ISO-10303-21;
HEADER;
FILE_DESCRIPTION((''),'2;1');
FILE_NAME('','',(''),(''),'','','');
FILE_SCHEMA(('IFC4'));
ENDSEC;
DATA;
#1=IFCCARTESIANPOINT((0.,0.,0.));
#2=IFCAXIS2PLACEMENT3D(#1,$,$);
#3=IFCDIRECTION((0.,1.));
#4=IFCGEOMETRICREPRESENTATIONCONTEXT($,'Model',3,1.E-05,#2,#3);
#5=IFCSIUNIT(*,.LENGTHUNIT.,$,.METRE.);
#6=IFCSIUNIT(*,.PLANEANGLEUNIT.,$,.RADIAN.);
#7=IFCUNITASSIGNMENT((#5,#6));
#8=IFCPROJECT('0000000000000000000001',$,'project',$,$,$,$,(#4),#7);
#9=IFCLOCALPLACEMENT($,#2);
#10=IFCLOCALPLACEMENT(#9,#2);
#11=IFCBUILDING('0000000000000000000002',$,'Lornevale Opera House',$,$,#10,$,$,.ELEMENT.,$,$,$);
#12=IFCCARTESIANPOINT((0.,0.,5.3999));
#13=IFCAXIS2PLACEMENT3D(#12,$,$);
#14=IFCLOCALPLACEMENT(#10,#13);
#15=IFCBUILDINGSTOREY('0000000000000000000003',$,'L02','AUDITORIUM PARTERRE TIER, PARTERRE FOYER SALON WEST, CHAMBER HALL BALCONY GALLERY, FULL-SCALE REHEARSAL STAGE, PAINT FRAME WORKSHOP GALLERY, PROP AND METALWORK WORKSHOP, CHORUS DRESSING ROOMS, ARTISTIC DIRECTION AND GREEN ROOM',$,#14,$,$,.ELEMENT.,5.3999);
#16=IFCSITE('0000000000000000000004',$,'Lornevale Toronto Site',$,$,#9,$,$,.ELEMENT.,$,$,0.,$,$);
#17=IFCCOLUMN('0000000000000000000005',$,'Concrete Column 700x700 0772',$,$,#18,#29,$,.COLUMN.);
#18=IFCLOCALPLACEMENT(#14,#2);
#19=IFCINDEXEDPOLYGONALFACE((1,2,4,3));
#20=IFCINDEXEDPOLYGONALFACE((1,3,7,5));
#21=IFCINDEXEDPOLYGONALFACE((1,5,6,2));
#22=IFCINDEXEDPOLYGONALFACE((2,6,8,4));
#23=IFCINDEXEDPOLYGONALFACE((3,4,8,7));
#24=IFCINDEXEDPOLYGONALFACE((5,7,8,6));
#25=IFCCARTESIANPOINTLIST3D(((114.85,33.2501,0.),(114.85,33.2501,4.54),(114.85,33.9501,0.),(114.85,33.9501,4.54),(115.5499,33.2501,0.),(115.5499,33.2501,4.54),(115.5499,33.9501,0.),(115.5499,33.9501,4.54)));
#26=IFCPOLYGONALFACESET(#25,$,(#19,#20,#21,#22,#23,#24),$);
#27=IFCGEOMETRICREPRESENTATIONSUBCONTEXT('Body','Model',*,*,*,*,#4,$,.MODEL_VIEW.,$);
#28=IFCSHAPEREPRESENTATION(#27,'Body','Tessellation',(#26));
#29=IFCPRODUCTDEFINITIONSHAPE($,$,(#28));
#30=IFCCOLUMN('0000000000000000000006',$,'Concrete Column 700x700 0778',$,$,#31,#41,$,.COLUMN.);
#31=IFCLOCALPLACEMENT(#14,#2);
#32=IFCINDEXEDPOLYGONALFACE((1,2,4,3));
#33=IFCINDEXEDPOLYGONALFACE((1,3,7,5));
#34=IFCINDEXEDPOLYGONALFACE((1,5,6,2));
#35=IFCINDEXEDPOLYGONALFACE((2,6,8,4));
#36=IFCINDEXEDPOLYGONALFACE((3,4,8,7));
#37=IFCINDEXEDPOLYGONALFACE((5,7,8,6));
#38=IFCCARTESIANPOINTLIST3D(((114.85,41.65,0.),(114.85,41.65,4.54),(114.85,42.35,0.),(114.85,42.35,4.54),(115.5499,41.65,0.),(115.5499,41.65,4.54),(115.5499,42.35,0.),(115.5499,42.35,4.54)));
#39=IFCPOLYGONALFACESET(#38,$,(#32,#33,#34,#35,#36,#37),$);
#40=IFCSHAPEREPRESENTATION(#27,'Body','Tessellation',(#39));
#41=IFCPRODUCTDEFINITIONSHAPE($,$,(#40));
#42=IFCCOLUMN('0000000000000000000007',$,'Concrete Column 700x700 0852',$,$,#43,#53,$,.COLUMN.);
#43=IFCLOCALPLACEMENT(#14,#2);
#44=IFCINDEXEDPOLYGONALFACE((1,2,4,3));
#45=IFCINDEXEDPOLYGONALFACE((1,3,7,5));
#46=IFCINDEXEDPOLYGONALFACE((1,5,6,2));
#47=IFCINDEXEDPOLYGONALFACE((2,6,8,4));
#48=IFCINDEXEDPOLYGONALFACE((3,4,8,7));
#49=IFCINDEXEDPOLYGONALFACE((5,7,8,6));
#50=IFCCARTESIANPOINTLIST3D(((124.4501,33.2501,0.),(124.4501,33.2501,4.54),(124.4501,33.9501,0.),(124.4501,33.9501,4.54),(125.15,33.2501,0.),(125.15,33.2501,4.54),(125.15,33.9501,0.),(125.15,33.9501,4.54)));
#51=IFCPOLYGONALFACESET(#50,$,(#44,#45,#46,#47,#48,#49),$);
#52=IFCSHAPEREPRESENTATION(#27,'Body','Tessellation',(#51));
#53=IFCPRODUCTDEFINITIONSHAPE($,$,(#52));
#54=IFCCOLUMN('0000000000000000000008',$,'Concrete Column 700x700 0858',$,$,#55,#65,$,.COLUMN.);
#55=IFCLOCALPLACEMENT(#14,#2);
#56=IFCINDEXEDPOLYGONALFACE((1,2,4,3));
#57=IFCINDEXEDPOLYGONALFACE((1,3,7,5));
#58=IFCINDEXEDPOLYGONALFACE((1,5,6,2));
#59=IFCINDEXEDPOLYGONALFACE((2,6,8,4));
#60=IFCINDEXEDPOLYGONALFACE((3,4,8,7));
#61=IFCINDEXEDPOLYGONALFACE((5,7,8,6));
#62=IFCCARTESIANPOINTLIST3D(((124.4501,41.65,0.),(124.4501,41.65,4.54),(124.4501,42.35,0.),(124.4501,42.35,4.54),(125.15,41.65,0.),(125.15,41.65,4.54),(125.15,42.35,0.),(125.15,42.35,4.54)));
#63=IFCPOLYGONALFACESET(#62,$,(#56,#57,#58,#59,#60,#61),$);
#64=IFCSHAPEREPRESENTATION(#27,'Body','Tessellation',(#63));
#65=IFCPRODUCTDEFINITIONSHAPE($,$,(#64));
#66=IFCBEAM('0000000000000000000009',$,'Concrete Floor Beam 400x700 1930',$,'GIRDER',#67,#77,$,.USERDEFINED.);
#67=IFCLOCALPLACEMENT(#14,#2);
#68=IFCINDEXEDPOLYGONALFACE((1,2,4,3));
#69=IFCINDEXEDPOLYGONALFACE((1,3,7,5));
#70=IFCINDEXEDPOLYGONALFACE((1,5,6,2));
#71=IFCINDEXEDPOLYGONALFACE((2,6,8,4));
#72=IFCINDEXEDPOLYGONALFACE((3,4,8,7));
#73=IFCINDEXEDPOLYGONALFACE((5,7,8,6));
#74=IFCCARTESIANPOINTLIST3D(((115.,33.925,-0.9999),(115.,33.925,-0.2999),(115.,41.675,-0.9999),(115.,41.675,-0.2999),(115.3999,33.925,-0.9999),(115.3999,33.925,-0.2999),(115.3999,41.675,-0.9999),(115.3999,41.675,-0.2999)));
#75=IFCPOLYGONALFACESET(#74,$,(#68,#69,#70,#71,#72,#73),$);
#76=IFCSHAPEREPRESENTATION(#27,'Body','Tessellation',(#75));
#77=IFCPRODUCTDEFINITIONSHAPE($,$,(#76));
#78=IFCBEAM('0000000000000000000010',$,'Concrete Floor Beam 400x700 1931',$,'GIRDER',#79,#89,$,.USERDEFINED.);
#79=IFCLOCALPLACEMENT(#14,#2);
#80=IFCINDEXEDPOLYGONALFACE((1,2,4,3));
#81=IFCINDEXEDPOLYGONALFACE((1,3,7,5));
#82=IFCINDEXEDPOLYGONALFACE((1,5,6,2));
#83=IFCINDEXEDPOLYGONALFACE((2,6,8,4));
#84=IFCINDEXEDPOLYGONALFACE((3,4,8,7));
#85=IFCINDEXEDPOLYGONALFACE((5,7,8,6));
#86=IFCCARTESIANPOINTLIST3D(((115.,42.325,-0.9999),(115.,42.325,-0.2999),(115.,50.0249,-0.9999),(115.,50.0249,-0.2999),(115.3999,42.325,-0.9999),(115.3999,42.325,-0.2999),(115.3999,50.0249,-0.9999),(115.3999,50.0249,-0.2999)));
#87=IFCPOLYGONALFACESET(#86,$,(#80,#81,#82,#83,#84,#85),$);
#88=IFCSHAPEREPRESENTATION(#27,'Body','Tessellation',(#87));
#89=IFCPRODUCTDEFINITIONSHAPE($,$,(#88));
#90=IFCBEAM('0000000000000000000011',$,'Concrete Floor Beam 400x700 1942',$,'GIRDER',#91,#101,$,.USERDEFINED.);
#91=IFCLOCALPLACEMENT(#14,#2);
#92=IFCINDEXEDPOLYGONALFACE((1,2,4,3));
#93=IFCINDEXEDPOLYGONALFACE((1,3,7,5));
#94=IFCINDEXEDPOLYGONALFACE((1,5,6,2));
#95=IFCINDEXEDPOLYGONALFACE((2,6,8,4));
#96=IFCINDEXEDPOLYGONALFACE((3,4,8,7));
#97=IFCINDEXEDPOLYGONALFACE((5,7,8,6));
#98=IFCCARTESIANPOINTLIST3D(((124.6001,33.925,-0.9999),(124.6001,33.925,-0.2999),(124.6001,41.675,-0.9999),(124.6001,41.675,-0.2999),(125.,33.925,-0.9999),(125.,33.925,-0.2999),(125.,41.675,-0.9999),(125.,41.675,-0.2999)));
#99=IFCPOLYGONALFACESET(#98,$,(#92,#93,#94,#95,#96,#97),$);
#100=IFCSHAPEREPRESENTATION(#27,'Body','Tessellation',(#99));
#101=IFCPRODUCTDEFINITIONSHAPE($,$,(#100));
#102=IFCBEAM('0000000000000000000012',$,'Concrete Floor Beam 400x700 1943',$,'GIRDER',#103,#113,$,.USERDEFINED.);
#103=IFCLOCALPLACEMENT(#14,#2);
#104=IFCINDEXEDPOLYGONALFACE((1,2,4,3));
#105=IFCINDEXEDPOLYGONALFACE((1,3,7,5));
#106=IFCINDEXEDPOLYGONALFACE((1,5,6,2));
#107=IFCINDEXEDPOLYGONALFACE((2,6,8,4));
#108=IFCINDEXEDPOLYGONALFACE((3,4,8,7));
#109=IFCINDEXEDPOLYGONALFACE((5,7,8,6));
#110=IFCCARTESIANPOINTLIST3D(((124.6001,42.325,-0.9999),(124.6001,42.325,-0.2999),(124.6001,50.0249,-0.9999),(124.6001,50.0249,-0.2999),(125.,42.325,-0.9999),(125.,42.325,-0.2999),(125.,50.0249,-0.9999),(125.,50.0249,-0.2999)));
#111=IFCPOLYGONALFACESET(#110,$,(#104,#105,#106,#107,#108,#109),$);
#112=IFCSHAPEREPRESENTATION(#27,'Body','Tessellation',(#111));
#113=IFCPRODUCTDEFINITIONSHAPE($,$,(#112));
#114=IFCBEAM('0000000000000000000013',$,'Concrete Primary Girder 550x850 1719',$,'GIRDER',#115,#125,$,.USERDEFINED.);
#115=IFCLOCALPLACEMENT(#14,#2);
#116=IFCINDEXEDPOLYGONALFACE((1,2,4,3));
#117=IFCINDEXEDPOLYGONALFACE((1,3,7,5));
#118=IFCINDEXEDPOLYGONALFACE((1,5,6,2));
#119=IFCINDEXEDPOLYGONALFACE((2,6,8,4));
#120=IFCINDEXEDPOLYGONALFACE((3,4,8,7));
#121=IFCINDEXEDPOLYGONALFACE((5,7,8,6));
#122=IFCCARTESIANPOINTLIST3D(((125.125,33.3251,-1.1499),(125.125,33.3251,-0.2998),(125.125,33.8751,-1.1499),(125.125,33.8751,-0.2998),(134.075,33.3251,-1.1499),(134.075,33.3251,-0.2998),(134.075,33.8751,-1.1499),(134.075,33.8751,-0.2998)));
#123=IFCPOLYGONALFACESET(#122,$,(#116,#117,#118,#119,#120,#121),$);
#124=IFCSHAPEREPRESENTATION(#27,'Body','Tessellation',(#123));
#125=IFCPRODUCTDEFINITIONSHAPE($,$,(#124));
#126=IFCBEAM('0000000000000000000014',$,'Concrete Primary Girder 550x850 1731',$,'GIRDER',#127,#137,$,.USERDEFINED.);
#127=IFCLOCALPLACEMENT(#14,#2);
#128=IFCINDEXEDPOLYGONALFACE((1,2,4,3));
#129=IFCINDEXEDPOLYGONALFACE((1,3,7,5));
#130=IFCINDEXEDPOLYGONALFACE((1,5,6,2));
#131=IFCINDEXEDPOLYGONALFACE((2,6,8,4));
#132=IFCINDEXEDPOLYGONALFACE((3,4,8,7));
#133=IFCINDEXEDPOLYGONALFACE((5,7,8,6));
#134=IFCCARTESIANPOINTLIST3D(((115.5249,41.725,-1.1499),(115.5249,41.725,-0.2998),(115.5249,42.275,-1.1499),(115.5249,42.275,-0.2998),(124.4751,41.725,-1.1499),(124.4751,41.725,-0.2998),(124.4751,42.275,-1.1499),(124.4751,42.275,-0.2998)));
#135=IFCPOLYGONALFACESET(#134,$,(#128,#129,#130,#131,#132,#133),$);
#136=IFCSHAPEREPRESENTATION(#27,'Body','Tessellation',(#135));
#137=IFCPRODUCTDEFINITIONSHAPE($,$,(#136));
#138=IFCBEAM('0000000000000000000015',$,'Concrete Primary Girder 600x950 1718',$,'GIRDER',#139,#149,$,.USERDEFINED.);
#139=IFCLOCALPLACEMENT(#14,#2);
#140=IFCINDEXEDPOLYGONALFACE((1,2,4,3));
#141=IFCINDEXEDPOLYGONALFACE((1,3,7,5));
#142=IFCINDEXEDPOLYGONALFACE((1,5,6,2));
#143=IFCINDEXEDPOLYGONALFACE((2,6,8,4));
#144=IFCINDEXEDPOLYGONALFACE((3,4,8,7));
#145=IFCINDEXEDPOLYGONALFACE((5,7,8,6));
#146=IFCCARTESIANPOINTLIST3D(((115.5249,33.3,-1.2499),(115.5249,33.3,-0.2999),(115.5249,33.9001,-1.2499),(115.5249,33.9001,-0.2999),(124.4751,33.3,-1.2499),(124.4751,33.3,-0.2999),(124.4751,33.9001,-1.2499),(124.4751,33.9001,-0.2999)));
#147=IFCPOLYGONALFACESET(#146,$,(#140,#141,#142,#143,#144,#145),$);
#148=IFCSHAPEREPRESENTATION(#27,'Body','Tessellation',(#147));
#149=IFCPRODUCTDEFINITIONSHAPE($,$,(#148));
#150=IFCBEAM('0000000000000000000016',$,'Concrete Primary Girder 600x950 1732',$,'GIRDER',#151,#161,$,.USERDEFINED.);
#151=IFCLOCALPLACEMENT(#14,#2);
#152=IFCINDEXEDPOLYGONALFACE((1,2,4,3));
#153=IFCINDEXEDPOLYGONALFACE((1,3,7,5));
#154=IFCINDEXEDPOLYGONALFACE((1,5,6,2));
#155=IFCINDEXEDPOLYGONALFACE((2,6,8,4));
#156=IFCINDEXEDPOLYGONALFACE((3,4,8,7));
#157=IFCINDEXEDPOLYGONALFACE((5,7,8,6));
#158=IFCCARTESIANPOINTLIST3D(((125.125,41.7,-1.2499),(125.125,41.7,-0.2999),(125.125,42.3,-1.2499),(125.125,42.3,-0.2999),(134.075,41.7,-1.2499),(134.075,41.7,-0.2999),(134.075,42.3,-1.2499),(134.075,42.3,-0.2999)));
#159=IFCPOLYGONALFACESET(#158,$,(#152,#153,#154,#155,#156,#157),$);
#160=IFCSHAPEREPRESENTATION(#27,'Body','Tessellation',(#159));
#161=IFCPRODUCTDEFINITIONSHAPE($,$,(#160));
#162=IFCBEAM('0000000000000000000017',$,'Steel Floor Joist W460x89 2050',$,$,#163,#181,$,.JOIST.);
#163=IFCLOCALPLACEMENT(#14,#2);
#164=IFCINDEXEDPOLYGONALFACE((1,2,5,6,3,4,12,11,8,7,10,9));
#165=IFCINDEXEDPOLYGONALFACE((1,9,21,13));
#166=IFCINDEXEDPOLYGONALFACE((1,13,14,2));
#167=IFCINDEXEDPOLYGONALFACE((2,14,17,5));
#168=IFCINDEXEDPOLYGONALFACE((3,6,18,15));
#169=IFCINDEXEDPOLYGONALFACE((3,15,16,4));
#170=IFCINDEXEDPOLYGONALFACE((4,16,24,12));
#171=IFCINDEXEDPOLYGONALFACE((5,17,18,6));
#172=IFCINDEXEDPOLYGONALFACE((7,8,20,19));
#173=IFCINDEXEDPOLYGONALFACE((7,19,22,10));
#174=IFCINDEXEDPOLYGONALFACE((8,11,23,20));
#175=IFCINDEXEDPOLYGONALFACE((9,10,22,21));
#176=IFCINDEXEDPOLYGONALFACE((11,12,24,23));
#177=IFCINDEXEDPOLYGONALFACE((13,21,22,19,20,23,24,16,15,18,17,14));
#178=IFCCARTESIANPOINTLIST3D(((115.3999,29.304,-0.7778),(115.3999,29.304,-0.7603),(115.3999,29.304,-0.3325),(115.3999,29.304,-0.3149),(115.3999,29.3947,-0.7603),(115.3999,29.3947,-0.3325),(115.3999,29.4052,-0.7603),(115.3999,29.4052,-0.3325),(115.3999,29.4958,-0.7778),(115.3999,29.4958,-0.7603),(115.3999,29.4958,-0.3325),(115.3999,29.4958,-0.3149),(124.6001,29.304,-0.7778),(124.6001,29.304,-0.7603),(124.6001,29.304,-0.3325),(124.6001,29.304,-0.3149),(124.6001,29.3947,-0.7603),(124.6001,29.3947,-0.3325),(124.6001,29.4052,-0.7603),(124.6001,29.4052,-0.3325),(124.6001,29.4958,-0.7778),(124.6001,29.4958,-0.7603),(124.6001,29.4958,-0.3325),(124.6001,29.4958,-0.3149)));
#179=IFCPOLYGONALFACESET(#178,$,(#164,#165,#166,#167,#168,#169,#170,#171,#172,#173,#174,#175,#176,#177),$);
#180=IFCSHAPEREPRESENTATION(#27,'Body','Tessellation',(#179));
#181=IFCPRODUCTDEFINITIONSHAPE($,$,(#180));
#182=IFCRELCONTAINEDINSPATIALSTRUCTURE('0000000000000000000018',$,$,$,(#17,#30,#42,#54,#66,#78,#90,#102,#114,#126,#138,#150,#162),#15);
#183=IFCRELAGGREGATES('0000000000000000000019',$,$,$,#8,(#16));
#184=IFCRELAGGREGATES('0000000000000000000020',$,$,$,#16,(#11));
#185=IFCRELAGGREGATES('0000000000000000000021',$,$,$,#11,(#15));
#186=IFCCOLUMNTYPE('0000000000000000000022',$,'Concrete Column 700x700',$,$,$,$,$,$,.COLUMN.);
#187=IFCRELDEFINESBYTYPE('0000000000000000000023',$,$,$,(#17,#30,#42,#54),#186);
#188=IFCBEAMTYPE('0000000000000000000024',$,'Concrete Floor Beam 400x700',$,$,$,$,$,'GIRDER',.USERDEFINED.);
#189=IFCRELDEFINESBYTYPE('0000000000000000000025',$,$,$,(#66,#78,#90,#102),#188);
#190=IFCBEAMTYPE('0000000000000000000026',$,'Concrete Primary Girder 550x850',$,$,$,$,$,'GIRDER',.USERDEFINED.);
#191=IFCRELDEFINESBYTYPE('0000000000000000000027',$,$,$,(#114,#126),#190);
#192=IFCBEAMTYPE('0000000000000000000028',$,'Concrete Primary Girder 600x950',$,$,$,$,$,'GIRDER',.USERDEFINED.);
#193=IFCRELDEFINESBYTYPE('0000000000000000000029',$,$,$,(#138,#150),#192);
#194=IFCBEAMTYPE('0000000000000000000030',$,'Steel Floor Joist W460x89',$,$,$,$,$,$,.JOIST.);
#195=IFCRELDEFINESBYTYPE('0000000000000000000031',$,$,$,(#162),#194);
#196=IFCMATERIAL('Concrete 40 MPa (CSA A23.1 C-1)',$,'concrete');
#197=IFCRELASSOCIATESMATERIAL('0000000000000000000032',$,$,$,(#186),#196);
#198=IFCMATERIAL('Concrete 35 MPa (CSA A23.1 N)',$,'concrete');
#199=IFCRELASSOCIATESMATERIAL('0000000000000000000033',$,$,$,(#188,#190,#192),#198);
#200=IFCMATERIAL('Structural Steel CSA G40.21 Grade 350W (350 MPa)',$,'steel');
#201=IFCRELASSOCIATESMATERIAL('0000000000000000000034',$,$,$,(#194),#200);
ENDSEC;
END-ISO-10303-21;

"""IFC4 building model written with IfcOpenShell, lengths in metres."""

from ifc_helpers import new_model, si_unit, direction, frame, origin, origin_2d, place, context, subcontext, project, spatial, rectangle, i_section, extrude, material, material_profile, profile_set, type_object, element, save


model = new_model("IFC4")

# Units and contexts
model_context = context("Model", 3, precision=1e-05, world=origin(), true_north=direction((0.0, 1.0)))
body_context = subcontext(model_context, "Body", "Model", "MODEL_VIEW")
ifc_project = project(units=[si_unit("LENGTHUNIT", "METRE"), si_unit("PLANEANGLEUNIT", "RADIAN")], contexts=[model_context])

# Site, building, storey
site_placement = place(None, origin())
site = spatial("IfcSite", under=ifc_project, at=site_placement, Name="Lornevale Toronto Site", CompositionType="ELEMENT", RefElevation=0.0)
building_placement = place(site_placement, origin())
building = spatial("IfcBuilding", under=site, at=building_placement, Name="Lornevale Opera House", CompositionType="ELEMENT")
storey_placement = place(building_placement, frame((0.0, 0.0, 5.3999)))
storey = spatial("IfcBuildingStorey", under=building, at=storey_placement, Name="L02", Description="AUDITORIUM PARTERRE TIER, PARTERRE FOYER SALON WEST, CHAMBER HALL BALCONY GALLERY, FULL-SCALE REHEARSAL STAGE, PAINT FRAME WORKSHOP GALLERY, PROP AND METALWORK WORKSHOP, CHORUS DRESSING ROOMS, ARTISTIC DIRECTION AND GREEN ROOM", CompositionType="ELEMENT", Elevation=5.3999)

# Columns
ifc_material_1 = material(Name="Concrete 40 MPa (CSA A23.1 C-1)", Category="concrete")
ifc_material_profile_1 = material_profile(ifc_material_1, rectangle(XDim=0.7, YDim=0.7, at=origin_2d()), Name="RC700x700")
ifc_profile_set_1 = profile_set([ifc_material_profile_1], Name="Concrete 40 MPa (CSA A23.1 C-1)")
column_type = type_object("IfcColumnType", Name="Concrete Column 700x700", PredefinedType="COLUMN", material=ifc_profile_set_1)
for number, where, z_axis, x_axis, name in (
    (1, (115.2, 33.6001, 0.0), (0.0, 0.0, 1.0), (1.0, 0.0, 0.0), "Concrete Column 700x700 0772"),
    (2, (115.2, 42.0, 0.0), (0.0, 0.0, 1.0), (1.0, 0.0, 0.0), "Concrete Column 700x700 0778"),
    (3, (124.8, 33.6001, 0.0), (0.0, 0.0, 1.0), (1.0, 0.0, 0.0), "Concrete Column 700x700 0852"),
    (4, (124.8, 42.0, 0.0), (0.0, 0.0, 1.0), (1.0, 0.0, 0.0), "Concrete Column 700x700 0858"),
):
    element("IfcColumn", number, at=place(storey_placement, frame(where, z_axis=z_axis, x_axis=x_axis)), inside=storey, type_object=column_type, Name=name, PredefinedType="COLUMN", context=body_context, shape_type="SweptSolid", body=[
        extrude(rectangle(XDim=0.7, YDim=0.7, at=origin_2d()), origin(), (0.0, 0.0, 1.0), 4.54),
    ])

# Beams
ifc_material_2 = material(Name="Concrete 35 MPa (CSA A23.1 N)", Category="concrete")
ifc_material_profile_2 = material_profile(ifc_material_2, rectangle(XDim=0.3999, YDim=0.7, at=origin_2d()), Name="RC400x700")
ifc_profile_set_2 = profile_set([ifc_material_profile_2], Name="Concrete 35 MPa (CSA A23.1 N)")
beam_type_1 = type_object("IfcBeamType", Name="Concrete Floor Beam 400x700", ElementType="GIRDER", PredefinedType="USERDEFINED", material=ifc_profile_set_2)
beam_1_placement = place(storey_placement, frame((115.2, 33.925, -0.6499), z_axis=(0.0, 1.0, 0.0), x_axis=(-1.0, 0.0, 0.0)))
element("IfcBeam", 5, at=beam_1_placement, inside=storey, type_object=beam_type_1, Name="Concrete Floor Beam 400x700 1930", ObjectType="GIRDER", PredefinedType="USERDEFINED", context=body_context, shape_type="SweptSolid", body=[
    extrude(rectangle(XDim=0.3999, YDim=0.7, at=origin_2d()), origin(), (0.0, 0.0, 1.0), 7.75),
])
beam_2_placement = place(storey_placement, frame((115.2, 42.325, -0.6499), z_axis=(0.0, 1.0, 0.0), x_axis=(-1.0, 0.0, 0.0)))
element("IfcBeam", 6, at=beam_2_placement, inside=storey, type_object=beam_type_1, Name="Concrete Floor Beam 400x700 1931", ObjectType="GIRDER", PredefinedType="USERDEFINED", context=body_context, shape_type="SweptSolid", body=[
    extrude(rectangle(XDim=0.3999, YDim=0.7, at=origin_2d()), origin(), (0.0, 0.0, 1.0), 7.7),
])
beam_3_placement = place(storey_placement, frame((124.8, 33.925, -0.6499), z_axis=(0.0, 1.0, 0.0), x_axis=(-1.0, 0.0, 0.0)))
element("IfcBeam", 7, at=beam_3_placement, inside=storey, type_object=beam_type_1, Name="Concrete Floor Beam 400x700 1942", ObjectType="GIRDER", PredefinedType="USERDEFINED", context=body_context, shape_type="SweptSolid", body=[
    extrude(rectangle(XDim=0.3999, YDim=0.7, at=origin_2d()), origin(), (0.0, 0.0, 1.0), 7.75),
])
beam_4_placement = place(storey_placement, frame((124.8, 42.325, -0.6499), z_axis=(0.0, 1.0, 0.0), x_axis=(-1.0, 0.0, 0.0)))
element("IfcBeam", 8, at=beam_4_placement, inside=storey, type_object=beam_type_1, Name="Concrete Floor Beam 400x700 1943", ObjectType="GIRDER", PredefinedType="USERDEFINED", context=body_context, shape_type="SweptSolid", body=[
    extrude(rectangle(XDim=0.3999, YDim=0.7, at=origin_2d()), origin(), (0.0, 0.0, 1.0), 7.7),
])
ifc_material_profile_3 = material_profile(ifc_material_2, rectangle(XDim=0.55, YDim=0.8501, at=origin_2d()), Name="RC550x850")
ifc_profile_set_3 = profile_set([ifc_material_profile_3], Name="Concrete 35 MPa (CSA A23.1 N)")
beam_type_2 = type_object("IfcBeamType", Name="Concrete Primary Girder 550x850", ElementType="GIRDER", PredefinedType="USERDEFINED", material=ifc_profile_set_3)
beam_5_placement = place(storey_placement, frame((125.125, 33.6001, -0.7249), z_axis=(1.0, 0.0, 0.0), x_axis=(0.0, 1.0, 0.0)))
element("IfcBeam", 9, at=beam_5_placement, inside=storey, type_object=beam_type_2, Name="Concrete Primary Girder 550x850 1719", ObjectType="GIRDER", PredefinedType="USERDEFINED", context=body_context, shape_type="SweptSolid", body=[
    extrude(rectangle(XDim=0.55, YDim=0.8501, at=origin_2d()), origin(), (0.0, 0.0, 1.0), 8.95),
])
beam_6_placement = place(storey_placement, frame((115.5249, 42.0, -0.7249), z_axis=(1.0, 0.0, 0.0), x_axis=(0.0, 1.0, 0.0)))
element("IfcBeam", 10, at=beam_6_placement, inside=storey, type_object=beam_type_2, Name="Concrete Primary Girder 550x850 1731", ObjectType="GIRDER", PredefinedType="USERDEFINED", context=body_context, shape_type="SweptSolid", body=[
    extrude(rectangle(XDim=0.55, YDim=0.8501, at=origin_2d()), origin(), (0.0, 0.0, 1.0), 8.9502),
])
ifc_material_profile_4 = material_profile(ifc_material_2, rectangle(XDim=0.6001, YDim=0.95, at=origin_2d()), Name="RC600x950")
ifc_profile_set_4 = profile_set([ifc_material_profile_4], Name="Concrete 35 MPa (CSA A23.1 N)")
beam_type_3 = type_object("IfcBeamType", Name="Concrete Primary Girder 600x950", ElementType="GIRDER", PredefinedType="USERDEFINED", material=ifc_profile_set_4)
beam_7_placement = place(storey_placement, frame((115.5249, 33.6001, -0.7749), z_axis=(1.0, 0.0, 0.0), x_axis=(0.0, 1.0, 0.0)))
element("IfcBeam", 11, at=beam_7_placement, inside=storey, type_object=beam_type_3, Name="Concrete Primary Girder 600x950 1718", ObjectType="GIRDER", PredefinedType="USERDEFINED", context=body_context, shape_type="SweptSolid", body=[
    extrude(rectangle(XDim=0.6001, YDim=0.95, at=origin_2d()), origin(), (0.0, 0.0, 1.0), 8.9502),
])
beam_8_placement = place(storey_placement, frame((125.125, 42.0, -0.7749), z_axis=(1.0, 0.0, 0.0), x_axis=(0.0, 1.0, 0.0)))
element("IfcBeam", 12, at=beam_8_placement, inside=storey, type_object=beam_type_3, Name="Concrete Primary Girder 600x950 1732", ObjectType="GIRDER", PredefinedType="USERDEFINED", context=body_context, shape_type="SweptSolid", body=[
    extrude(rectangle(XDim=0.6001, YDim=0.95, at=origin_2d()), origin(), (0.0, 0.0, 1.0), 8.95),
])
ifc_material_3 = material(Name="Structural Steel CSA G40.21 Grade 350W (350 MPa)", Category="steel")
ifc_material_profile_5 = material_profile(ifc_material_3, i_section(OverallWidth=0.1919, OverallDepth=0.4629, WebThickness=0.0105, FlangeThickness=0.0176, at=origin_2d()), Name="W460x89")
ifc_profile_set_5 = profile_set([ifc_material_profile_5], Name="Structural Steel CSA G40.21 Grade 350W (350 MPa)")
beam_type_4 = type_object("IfcBeamType", Name="Steel Floor Joist W460x89", PredefinedType="JOIST", material=ifc_profile_set_5)
for number, where, z_axis, x_axis, name in (
    (13, (115.3999, 29.3999, -0.5464), (1.0, 0.0, 0.0), (0.0, 1.0, 0.0), "Steel Floor Joist W460x89 2050"),
):
    element("IfcBeam", number, at=place(storey_placement, frame(where, z_axis=z_axis, x_axis=x_axis)), inside=storey, type_object=beam_type_4, Name=name, PredefinedType="JOIST", context=body_context, shape_type="SweptSolid", body=[
        extrude(i_section(OverallWidth=0.1919, OverallDepth=0.4629, WebThickness=0.0105, FlangeThickness=0.0176, at=origin_2d()), origin(), (0.0, 0.0, 1.0), 9.2002),
    ])

save(model, "model.ifc")
